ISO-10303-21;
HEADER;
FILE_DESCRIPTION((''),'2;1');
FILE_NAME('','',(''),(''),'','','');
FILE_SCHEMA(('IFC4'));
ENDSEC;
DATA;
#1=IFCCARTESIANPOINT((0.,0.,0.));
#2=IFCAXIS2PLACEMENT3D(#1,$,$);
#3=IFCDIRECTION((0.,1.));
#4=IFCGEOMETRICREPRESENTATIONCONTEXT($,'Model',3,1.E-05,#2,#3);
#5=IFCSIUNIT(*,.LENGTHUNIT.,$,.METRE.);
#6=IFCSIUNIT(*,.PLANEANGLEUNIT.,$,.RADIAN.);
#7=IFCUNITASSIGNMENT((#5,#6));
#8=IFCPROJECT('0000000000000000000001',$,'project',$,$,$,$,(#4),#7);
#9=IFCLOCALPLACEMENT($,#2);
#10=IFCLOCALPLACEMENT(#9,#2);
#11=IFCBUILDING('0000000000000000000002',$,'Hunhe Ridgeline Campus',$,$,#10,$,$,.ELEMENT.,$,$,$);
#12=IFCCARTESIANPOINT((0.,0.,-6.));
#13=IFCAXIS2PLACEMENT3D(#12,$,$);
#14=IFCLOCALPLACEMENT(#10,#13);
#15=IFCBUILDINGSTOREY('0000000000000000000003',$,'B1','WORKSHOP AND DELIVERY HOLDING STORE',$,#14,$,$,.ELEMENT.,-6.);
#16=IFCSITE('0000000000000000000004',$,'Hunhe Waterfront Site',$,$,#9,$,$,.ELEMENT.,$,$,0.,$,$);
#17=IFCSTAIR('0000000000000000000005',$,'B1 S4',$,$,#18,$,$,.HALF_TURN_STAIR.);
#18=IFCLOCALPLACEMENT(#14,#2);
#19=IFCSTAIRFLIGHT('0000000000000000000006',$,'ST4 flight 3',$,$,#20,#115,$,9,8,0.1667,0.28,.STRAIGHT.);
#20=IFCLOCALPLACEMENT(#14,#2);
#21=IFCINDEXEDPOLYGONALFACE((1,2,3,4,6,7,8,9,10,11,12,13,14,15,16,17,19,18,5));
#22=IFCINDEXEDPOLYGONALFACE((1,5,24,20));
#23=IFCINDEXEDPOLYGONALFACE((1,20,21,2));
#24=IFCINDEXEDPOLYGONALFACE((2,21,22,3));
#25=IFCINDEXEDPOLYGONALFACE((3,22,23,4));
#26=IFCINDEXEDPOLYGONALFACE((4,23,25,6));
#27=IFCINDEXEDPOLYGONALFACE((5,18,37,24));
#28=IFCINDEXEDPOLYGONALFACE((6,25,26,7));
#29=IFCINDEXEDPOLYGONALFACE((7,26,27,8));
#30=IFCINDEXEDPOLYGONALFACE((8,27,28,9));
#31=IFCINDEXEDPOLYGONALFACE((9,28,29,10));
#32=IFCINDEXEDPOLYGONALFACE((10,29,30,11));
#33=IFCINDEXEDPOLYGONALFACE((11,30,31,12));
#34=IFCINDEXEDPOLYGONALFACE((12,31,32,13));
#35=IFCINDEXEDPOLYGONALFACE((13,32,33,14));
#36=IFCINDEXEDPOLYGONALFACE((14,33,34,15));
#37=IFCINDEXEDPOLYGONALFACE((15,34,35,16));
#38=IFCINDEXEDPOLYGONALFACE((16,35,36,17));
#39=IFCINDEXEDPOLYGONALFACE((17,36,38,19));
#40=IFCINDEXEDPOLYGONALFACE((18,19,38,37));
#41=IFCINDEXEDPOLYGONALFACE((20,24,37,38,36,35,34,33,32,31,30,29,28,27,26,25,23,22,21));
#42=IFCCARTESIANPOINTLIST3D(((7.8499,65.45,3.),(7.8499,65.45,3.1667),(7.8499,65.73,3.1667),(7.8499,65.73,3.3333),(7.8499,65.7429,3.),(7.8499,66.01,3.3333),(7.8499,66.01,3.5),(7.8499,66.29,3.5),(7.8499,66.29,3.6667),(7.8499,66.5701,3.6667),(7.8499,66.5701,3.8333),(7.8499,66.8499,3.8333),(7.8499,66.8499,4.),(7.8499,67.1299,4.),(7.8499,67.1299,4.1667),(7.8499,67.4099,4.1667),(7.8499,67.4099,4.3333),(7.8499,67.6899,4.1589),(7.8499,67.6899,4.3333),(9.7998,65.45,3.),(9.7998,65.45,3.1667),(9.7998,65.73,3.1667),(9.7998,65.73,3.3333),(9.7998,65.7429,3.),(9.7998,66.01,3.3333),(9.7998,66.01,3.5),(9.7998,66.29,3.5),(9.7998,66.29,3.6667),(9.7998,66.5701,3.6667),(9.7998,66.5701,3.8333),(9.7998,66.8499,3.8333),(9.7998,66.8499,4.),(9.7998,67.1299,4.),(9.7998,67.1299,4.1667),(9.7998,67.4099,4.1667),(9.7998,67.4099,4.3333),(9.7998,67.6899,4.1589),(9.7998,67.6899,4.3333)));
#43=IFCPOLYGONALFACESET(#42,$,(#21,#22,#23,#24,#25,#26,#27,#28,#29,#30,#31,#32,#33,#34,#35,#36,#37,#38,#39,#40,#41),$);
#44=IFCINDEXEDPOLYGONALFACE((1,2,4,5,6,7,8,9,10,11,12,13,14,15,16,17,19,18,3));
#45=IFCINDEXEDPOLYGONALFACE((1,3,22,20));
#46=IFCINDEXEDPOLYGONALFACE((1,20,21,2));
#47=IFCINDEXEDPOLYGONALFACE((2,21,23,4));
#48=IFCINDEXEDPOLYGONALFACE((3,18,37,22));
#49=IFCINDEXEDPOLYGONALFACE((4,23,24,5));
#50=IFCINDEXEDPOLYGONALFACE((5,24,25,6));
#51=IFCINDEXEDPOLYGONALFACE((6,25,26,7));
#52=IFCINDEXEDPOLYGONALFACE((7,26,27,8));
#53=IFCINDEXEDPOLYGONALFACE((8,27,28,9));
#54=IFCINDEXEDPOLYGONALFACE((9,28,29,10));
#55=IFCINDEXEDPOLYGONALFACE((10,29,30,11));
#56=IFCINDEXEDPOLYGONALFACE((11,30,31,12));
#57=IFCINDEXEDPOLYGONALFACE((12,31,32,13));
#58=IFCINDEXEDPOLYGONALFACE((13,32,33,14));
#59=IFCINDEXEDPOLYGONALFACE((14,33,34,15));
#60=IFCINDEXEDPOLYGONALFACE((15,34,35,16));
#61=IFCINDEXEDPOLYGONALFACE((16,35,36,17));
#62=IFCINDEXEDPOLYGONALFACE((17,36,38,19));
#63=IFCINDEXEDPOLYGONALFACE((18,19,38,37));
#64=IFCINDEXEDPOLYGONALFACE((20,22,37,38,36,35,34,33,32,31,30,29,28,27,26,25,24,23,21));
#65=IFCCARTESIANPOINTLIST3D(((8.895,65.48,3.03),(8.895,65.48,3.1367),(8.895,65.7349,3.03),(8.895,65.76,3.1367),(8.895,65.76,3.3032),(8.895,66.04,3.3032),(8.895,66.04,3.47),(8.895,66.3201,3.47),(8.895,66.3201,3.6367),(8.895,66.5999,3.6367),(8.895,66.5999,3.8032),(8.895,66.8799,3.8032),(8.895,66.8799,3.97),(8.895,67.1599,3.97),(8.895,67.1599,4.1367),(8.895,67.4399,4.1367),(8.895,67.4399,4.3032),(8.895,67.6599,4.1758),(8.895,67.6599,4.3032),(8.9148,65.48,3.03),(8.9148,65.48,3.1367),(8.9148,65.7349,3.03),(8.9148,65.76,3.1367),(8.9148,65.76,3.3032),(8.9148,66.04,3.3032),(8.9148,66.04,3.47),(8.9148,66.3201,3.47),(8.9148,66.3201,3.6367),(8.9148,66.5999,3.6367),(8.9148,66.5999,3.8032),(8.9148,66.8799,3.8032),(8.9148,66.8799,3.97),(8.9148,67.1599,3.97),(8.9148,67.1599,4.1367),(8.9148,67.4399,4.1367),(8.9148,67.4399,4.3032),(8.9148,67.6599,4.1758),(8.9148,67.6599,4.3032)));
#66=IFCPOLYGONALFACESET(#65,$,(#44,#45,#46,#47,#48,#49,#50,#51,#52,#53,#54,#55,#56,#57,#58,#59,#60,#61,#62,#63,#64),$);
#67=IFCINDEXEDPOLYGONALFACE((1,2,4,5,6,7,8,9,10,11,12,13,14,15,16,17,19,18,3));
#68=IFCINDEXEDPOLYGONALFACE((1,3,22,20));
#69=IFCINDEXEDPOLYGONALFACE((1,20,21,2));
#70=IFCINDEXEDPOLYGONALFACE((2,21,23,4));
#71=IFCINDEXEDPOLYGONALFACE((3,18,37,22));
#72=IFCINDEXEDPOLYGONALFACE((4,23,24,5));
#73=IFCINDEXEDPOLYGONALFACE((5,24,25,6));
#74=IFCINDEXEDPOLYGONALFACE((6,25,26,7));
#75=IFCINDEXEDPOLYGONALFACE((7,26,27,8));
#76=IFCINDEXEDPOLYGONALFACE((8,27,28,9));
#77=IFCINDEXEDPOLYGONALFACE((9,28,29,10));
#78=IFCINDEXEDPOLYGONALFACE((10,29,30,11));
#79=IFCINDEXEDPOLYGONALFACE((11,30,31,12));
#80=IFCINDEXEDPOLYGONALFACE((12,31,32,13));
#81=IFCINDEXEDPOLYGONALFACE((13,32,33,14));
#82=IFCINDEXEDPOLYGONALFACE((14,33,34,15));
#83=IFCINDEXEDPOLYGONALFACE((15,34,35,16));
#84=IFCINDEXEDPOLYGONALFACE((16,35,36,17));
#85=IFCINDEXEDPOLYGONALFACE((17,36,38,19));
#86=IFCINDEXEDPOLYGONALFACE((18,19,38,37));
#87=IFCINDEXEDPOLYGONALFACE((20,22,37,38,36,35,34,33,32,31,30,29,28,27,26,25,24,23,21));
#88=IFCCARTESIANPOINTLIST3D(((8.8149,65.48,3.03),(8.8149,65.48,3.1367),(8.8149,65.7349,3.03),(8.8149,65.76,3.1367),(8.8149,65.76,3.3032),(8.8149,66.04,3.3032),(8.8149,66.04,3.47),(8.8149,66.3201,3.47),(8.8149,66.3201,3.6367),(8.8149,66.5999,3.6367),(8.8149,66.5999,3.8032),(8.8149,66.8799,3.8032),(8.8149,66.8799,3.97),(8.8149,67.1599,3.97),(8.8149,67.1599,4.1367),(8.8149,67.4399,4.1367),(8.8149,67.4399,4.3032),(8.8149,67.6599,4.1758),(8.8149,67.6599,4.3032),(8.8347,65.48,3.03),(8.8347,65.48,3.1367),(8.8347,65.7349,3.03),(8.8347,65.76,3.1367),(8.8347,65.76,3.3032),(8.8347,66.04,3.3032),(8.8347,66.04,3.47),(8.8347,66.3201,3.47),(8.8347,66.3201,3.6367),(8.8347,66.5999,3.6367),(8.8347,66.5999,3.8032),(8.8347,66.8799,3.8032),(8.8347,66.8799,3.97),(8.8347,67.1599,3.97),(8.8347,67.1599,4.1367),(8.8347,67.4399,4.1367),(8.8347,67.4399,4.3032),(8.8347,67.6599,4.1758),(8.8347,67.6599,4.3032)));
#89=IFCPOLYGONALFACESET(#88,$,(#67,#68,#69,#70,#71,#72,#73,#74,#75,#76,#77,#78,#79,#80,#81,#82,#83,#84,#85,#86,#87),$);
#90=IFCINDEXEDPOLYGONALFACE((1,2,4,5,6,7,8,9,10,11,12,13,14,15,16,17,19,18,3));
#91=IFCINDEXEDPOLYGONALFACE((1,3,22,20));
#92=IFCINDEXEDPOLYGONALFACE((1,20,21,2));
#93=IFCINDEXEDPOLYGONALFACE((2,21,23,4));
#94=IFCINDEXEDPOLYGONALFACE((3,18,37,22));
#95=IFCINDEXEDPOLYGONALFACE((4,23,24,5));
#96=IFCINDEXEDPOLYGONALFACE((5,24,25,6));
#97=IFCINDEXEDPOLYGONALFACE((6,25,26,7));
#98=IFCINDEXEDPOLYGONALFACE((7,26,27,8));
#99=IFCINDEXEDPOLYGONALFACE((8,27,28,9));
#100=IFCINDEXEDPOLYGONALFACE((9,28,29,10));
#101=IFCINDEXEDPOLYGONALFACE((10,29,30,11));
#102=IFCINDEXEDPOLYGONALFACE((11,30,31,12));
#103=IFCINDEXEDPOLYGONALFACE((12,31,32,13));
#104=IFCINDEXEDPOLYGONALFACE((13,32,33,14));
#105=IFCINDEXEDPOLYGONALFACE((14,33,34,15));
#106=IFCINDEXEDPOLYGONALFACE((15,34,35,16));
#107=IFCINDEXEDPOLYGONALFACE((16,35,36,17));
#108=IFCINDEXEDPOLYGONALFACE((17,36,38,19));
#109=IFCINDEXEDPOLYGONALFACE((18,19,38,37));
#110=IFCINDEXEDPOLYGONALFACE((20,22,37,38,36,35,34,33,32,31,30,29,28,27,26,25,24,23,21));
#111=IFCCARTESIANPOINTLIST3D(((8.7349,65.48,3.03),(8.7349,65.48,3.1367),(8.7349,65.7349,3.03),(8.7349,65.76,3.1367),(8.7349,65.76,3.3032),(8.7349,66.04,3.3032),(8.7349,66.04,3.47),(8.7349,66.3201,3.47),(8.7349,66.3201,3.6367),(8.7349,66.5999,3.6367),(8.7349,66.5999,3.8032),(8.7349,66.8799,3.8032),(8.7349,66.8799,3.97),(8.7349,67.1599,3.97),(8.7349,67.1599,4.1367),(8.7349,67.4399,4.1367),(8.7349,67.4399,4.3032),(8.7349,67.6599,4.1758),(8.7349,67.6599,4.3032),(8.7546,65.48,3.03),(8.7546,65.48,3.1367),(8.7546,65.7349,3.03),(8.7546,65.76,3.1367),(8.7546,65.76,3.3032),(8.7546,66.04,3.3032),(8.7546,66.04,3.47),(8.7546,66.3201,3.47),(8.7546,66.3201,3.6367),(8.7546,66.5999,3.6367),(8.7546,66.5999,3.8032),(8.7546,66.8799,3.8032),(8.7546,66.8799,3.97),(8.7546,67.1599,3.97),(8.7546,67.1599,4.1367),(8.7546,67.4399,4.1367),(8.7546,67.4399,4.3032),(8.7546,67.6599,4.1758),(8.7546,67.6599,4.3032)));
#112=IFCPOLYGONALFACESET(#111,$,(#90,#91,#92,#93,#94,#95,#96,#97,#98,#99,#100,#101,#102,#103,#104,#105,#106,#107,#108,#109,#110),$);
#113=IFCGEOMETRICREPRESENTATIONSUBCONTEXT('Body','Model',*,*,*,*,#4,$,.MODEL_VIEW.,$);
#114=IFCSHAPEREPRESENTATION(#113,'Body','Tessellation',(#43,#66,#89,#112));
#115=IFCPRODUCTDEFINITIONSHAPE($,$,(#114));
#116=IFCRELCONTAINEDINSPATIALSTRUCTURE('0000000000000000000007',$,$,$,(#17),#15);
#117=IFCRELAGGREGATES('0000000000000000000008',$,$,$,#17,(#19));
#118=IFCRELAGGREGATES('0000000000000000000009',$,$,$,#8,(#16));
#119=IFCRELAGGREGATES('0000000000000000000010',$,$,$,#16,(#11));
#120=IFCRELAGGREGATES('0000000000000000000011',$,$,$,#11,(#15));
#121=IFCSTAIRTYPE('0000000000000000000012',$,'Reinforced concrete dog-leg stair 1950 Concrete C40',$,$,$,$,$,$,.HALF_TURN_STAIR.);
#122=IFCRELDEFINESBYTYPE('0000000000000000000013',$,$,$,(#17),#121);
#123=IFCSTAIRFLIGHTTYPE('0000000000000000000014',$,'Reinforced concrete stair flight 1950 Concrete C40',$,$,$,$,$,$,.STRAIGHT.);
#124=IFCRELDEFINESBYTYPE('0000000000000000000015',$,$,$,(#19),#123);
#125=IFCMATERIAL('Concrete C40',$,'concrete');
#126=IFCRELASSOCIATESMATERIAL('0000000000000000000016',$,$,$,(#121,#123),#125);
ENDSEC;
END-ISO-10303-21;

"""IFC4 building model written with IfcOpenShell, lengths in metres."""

from ifc_helpers import new_model, si_unit, direction, frame, origin, place, context, subcontext, project, spatial, polyline, outline, extrude, material, type_object, element, aggregate, save


model = new_model("IFC4")

# Units and contexts
model_context = context("Model", 3, precision=1e-05, world=origin(), true_north=direction((0.0, 1.0)))
body_context = subcontext(model_context, "Body", "Model", "MODEL_VIEW")
ifc_project = project(units=[si_unit("LENGTHUNIT", "METRE"), si_unit("PLANEANGLEUNIT", "RADIAN")], contexts=[model_context])

# Site, building, storey
site_placement = place(None, origin())
site = spatial("IfcSite", under=ifc_project, at=site_placement, Name="Hunhe Waterfront Site", CompositionType="ELEMENT", RefElevation=0.0)
building_placement = place(site_placement, origin())
building = spatial("IfcBuilding", under=site, at=building_placement, Name="Hunhe Ridgeline Campus", CompositionType="ELEMENT")
storey_placement = place(building_placement, frame((0.0, 0.0, -6.0)))
storey = spatial("IfcBuildingStorey", under=building, at=storey_placement, Name="B1", Description="WORKSHOP AND DELIVERY HOLDING STORE", CompositionType="ELEMENT", Elevation=-6.0)

# Stair, stair flight
ifc_material_1 = material(Name="Concrete C40", Category="concrete")
stair_type = type_object("IfcStairType", Name="Reinforced concrete dog-leg stair 1950 Concrete C40", PredefinedType="HALF_TURN_STAIR", material=ifc_material_1)
stair_flight_type = type_object("IfcStairFlightType", Name="Reinforced concrete stair flight 1950 Concrete C40", PredefinedType="STRAIGHT", material=ifc_material_1)
stair_1_placement = place(storey_placement, origin())
stair_1 = element("IfcStair", 1, at=stair_1_placement, inside=storey, type_object=stair_type, Name="B1 S4", PredefinedType="HALF_TURN_STAIR")
stair_flight_1_placement = place(storey_placement, frame((8.825, 65.45, 3.0), z_axis=(0.0, 0.0, 1.0), x_axis=(0.0, 1.0, 0.0)))
stair_flight_1 = element("IfcStairFlight", 2, at=stair_flight_1_placement, type_object=stair_flight_type, Name="ST4 flight 3", NumberOfRisers=9, NumberOfTreads=8, PredefinedType="STRAIGHT", RiserHeight=0.1667, TreadLength=0.28, context=body_context, shape_type="SweptSolid", body=[
    extrude(outline(polyline([(0.0, 0.0), (0.0, 0.1667), (0.28, 0.1667), (0.28, 0.3333), (0.5601, 0.3333), (0.5601, 0.5), (0.8401, 0.5), (0.8401, 0.6667), (1.1201, 0.6667), (1.1201, 0.8333), (1.3999, 0.8333), (1.3999, 1.0), (1.6799, 1.0), (1.6799, 1.1667), (1.96, 1.1667), (1.96, 1.3333), (2.24, 1.3333), (2.24, 1.5), (2.24, 1.1589), (0.293, 0.0), (0.0, 0.0)])), frame((0.0, 0.9751, 0.0), z_axis=(0.0, -1.0, 0.0), x_axis=(1.0, 0.0, 0.0)), (0.0, 0.0, 1.0), 1.95),
    extrude(outline(polyline([(0.03, 0.03), (0.03, 0.1367), (0.3101, 0.1367), (0.3101, 0.3032), (0.5901, 0.3032), (0.5901, 0.47), (0.8701, 0.47), (0.8701, 0.6367), (1.1499, 0.6367), (1.1499, 0.8032), (1.4299, 0.8032), (1.4299, 0.97), (1.71, 0.97), (1.71, 1.1367), (1.99, 1.1367), (1.99, 1.3032), (2.21, 1.3032), (2.21, 1.1758), (0.2849, 0.03), (0.03, 0.03)])), frame((0.0, -0.0701, 0.0), z_axis=(0.0, -1.0, 0.0), x_axis=(1.0, 0.0, 0.0)), (0.0, 0.0, 1.0), 0.0198),
    extrude(outline(polyline([(0.03, 0.03), (0.03, 0.1367), (0.3101, 0.1367), (0.3101, 0.3032), (0.5901, 0.3032), (0.5901, 0.47), (0.8701, 0.47), (0.8701, 0.6367), (1.1499, 0.6367), (1.1499, 0.8032), (1.4299, 0.8032), (1.4299, 0.97), (1.71, 0.97), (1.71, 1.1367), (1.99, 1.1367), (1.99, 1.3032), (2.21, 1.3032), (2.21, 1.1758), (0.2849, 0.03), (0.03, 0.03)])), frame((0.0, 0.01, 0.0), z_axis=(0.0, -1.0, 0.0), x_axis=(1.0, 0.0, 0.0)), (0.0, 0.0, 1.0), 0.0198),
    extrude(outline(polyline([(0.03, 0.03), (0.03, 0.1367), (0.3101, 0.1367), (0.3101, 0.3032), (0.5901, 0.3032), (0.5901, 0.47), (0.8701, 0.47), (0.8701, 0.6367), (1.1499, 0.6367), (1.1499, 0.8032), (1.4299, 0.8032), (1.4299, 0.97), (1.71, 0.97), (1.71, 1.1367), (1.99, 1.1367), (1.99, 1.3032), (2.21, 1.3032), (2.21, 1.1758), (0.2849, 0.03), (0.03, 0.03)])), frame((0.0, 0.0901, 0.0), z_axis=(0.0, -1.0, 0.0), x_axis=(1.0, 0.0, 0.0)), (0.0, 0.0, 1.0), 0.0198),
])
aggregate(stair_1, [stair_flight_1])

save(model, "model.ifc")
